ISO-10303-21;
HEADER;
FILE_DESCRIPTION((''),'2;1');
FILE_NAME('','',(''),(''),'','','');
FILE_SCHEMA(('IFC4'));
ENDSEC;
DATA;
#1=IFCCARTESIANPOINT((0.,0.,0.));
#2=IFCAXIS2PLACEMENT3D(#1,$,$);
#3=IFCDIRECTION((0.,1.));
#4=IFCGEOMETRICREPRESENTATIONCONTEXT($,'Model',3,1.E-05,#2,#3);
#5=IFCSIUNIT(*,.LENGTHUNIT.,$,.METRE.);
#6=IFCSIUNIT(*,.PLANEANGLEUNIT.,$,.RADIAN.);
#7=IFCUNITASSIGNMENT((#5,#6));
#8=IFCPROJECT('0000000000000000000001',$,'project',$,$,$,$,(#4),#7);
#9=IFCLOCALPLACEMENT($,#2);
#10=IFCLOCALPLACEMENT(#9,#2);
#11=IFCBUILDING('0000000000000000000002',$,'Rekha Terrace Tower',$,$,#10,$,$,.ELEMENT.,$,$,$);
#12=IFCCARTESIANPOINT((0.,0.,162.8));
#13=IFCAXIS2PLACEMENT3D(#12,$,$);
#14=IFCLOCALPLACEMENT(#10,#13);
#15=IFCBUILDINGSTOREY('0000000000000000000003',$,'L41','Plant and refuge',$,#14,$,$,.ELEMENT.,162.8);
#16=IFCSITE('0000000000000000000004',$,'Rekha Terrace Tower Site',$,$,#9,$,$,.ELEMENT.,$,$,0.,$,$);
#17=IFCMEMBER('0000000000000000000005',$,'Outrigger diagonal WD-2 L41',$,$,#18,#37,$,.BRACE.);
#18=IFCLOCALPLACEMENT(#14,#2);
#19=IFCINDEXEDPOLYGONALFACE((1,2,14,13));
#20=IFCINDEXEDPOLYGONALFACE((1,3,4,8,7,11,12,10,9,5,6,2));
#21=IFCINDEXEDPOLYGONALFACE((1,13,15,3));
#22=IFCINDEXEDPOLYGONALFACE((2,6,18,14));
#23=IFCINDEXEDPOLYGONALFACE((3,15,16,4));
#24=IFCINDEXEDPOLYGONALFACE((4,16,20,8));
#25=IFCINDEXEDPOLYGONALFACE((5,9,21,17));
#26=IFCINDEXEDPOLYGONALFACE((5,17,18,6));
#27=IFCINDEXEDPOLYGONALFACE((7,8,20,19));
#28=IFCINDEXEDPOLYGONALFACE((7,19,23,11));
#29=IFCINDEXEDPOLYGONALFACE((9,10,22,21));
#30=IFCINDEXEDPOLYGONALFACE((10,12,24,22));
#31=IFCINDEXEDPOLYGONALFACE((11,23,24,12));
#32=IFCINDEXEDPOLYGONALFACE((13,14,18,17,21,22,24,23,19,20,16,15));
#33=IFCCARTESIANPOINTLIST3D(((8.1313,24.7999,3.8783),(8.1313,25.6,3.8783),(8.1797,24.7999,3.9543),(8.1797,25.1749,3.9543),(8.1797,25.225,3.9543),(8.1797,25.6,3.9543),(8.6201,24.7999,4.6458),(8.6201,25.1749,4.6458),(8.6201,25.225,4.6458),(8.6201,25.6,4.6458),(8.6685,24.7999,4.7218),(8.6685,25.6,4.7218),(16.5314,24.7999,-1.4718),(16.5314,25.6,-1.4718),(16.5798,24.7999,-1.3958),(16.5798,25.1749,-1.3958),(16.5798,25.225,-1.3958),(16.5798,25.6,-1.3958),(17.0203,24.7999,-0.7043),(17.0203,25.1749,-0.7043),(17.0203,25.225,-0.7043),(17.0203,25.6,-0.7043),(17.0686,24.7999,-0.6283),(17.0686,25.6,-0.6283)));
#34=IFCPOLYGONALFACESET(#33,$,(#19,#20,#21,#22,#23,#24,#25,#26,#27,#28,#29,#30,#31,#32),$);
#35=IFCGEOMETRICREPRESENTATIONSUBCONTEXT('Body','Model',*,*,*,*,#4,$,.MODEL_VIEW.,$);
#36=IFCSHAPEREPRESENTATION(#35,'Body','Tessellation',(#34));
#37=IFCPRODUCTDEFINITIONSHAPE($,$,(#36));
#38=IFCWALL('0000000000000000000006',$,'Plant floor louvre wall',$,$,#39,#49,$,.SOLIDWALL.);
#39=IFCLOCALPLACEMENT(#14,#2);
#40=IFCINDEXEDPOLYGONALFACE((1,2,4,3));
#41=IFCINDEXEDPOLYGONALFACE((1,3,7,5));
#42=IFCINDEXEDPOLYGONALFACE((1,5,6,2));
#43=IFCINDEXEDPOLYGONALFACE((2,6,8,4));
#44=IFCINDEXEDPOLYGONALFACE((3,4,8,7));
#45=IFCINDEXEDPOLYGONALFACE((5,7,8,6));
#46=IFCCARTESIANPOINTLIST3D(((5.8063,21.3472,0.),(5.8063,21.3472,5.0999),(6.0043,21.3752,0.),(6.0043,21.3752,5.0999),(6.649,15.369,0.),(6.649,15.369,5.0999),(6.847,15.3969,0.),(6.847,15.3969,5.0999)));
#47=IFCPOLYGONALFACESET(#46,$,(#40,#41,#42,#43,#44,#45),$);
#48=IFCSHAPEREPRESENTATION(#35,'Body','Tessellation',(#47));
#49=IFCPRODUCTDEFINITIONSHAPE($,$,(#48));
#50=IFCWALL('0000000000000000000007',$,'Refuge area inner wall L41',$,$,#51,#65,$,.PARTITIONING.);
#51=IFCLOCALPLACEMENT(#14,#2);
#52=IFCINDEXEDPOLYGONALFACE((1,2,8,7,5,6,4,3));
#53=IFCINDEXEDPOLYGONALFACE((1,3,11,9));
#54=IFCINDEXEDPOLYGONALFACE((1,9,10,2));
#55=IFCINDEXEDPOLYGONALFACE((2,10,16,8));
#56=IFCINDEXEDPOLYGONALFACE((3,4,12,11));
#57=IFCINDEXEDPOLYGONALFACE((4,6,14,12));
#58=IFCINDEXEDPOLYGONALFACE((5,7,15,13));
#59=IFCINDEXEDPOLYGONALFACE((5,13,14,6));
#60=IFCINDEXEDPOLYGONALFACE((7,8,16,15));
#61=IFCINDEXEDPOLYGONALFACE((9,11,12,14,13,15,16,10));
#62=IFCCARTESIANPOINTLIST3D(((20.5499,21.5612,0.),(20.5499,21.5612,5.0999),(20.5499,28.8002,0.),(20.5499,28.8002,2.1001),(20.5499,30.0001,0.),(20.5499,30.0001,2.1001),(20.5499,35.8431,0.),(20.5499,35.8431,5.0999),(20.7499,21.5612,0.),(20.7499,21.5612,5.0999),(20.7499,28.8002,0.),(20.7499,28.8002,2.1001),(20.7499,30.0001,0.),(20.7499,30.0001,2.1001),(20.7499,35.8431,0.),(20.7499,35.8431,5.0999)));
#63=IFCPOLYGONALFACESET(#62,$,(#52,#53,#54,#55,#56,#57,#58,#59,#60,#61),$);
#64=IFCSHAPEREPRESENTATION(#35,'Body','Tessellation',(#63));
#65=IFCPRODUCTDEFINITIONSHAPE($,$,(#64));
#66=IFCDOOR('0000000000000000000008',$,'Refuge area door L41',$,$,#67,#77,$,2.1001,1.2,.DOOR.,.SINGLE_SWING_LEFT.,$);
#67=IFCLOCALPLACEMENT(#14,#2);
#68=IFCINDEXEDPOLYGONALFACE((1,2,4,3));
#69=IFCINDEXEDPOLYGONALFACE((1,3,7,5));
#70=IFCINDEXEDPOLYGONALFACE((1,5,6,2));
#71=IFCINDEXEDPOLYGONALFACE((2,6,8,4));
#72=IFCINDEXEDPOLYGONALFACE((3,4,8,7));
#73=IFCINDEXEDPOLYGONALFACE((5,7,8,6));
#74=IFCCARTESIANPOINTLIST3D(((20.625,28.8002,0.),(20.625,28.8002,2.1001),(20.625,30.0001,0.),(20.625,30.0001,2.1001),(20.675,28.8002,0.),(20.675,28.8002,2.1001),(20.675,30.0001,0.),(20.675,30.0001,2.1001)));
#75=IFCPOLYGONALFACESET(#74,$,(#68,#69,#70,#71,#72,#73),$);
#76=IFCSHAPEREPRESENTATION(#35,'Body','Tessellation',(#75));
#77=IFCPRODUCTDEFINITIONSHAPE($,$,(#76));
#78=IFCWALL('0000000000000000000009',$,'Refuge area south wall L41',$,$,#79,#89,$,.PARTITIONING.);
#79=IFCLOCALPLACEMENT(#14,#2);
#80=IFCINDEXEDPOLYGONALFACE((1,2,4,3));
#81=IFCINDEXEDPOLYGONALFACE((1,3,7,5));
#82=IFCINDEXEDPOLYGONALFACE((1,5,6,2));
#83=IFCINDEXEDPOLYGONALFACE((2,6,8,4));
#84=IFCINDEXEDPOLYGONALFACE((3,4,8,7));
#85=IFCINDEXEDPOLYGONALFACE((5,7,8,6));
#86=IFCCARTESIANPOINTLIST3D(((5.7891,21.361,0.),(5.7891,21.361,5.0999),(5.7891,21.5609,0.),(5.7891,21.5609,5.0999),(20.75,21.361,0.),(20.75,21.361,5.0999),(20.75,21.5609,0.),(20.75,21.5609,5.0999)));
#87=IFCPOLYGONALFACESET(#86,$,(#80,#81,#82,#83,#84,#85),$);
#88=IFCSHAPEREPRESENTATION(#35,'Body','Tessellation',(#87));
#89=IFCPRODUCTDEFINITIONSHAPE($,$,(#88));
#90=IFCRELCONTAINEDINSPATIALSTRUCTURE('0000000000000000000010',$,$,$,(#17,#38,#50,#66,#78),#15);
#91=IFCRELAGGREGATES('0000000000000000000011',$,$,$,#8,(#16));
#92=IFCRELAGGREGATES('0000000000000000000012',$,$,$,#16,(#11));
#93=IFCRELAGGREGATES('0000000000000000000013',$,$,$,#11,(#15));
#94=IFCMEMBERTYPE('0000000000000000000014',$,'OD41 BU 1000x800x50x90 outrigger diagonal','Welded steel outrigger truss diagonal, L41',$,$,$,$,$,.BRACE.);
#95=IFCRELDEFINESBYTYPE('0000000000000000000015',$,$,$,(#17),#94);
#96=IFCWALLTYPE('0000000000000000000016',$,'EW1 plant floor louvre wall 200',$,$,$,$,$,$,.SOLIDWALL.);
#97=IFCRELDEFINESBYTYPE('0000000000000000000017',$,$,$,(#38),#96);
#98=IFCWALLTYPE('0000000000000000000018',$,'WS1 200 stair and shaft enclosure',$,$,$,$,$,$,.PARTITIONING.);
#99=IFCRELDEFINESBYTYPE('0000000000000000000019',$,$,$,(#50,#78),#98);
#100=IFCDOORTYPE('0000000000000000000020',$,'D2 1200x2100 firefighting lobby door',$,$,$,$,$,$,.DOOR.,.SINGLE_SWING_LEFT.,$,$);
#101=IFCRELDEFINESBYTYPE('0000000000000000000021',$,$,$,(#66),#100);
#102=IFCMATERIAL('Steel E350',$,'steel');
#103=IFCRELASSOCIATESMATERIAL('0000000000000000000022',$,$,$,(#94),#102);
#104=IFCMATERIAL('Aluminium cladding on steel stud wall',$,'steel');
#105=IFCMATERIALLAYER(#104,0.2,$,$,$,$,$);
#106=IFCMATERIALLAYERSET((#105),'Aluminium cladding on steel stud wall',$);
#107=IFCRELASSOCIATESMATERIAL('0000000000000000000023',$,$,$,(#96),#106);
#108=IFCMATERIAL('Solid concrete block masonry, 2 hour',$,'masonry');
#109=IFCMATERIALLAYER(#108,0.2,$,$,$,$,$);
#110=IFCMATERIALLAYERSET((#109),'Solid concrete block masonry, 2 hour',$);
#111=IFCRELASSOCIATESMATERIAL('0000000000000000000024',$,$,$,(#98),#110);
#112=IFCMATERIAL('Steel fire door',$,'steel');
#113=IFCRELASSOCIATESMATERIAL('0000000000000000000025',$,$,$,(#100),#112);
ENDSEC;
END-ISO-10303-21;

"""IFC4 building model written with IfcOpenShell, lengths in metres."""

from ifc_helpers import new_model, si_unit, direction, frame, frame_2d, origin, origin_2d, place, context, subcontext, project, spatial, rectangle, i_section, extrude, material, layer, layer_set, material_profile, profile_set, type_object, element, fill, save


model = new_model("IFC4")

# Units and contexts
model_context = context("Model", 3, precision=1e-05, world=origin(), true_north=direction((0.0, 1.0)))
body_context = subcontext(model_context, "Body", "Model", "MODEL_VIEW")
ifc_project = project(units=[si_unit("LENGTHUNIT", "METRE"), si_unit("PLANEANGLEUNIT", "RADIAN")], contexts=[model_context])

# Site, building, storey
site_placement = place(None, origin())
site = spatial("IfcSite", under=ifc_project, at=site_placement, Name="Rekha Terrace Tower Site", CompositionType="ELEMENT", RefElevation=0.0)
building_placement = place(site_placement, origin())
building = spatial("IfcBuilding", under=site, at=building_placement, Name="Rekha Terrace Tower", CompositionType="ELEMENT")
storey_placement = place(building_placement, frame((0.0, 0.0, 162.8)))
storey = spatial("IfcBuildingStorey", under=building, at=storey_placement, Name="L41", Description="Plant and refuge", CompositionType="ELEMENT", Elevation=162.8)

# Member
ifc_material_1 = material(Name="Steel E350", Category="steel")
ifc_material_profile_1 = material_profile(ifc_material_1, i_section(OverallWidth=0.8, OverallDepth=1.0, WebThickness=0.05, FlangeThickness=0.0901, at=origin_2d()), Name="BU 1000x800x50x90")
ifc_profile_set_1 = profile_set([ifc_material_profile_1], Name="Steel E350")
member_type_1 = type_object("IfcMemberType", Name="OD41 BU 1000x800x50x90 outrigger diagonal", Description="Welded steel outrigger truss diagonal, L41", PredefinedType="BRACE", material=ifc_profile_set_1)
member_1_placement = place(storey_placement, frame((16.8, 25.2, -1.05), z_axis=(-0.843454, 0.0, 0.537201), x_axis=(0.0, -1.0, 0.0)))
element("IfcMember", 1, at=member_1_placement, inside=storey, type_object=member_type_1, Name="Outrigger diagonal WD-2 L41", PredefinedType="BRACE", context=body_context, shape_type="SweptSolid", body=[
    extrude(i_section(OverallWidth=0.8, OverallDepth=1.0, WebThickness=0.05, FlangeThickness=0.0901, at=origin_2d()), origin(), (0.0, 0.0, 1.0), 9.9592),
])

# Wall
ifc_material_2 = material(Name="Aluminium cladding on steel stud wall", Category="steel")
ifc_layer_1 = layer(ifc_material_2, 0.2)
ifc_layer_set_1 = layer_set([ifc_layer_1], Name="Aluminium cladding on steel stud wall")
wall_type_1 = type_object("IfcWallType", Name="EW1 plant floor louvre wall 200", PredefinedType="SOLIDWALL", material=ifc_layer_set_1)
wall_1_placement = place(storey_placement, frame((5.9053, 21.3611, 0.0), z_axis=(0.0, 0.0, 1.0), x_axis=(0.139593, -0.990209, 0.0)))
element("IfcWall", 2, at=wall_1_placement, inside=storey, type_object=wall_type_1, Name="Plant floor louvre wall", PredefinedType="SOLIDWALL", context=body_context, shape_type="SweptSolid", body=[
    extrude(rectangle(XDim=6.0374, YDim=0.2, at=frame_2d((3.0186, 0.0))), origin(), (0.0, 0.0, 1.0), 5.0999),
])

# Wall, opening, door
ifc_material_3 = material(Name="Solid concrete block masonry, 2 hour", Category="masonry")
ifc_layer_2 = layer(ifc_material_3, 0.2)
ifc_layer_set_2 = layer_set([ifc_layer_2], Name="Solid concrete block masonry, 2 hour")
wall_type_2 = type_object("IfcWallType", Name="WS1 200 stair and shaft enclosure", PredefinedType="PARTITIONING", material=ifc_layer_set_2)
wall_2_placement = place(storey_placement, frame((20.6499, 21.561, 0.0), z_axis=(0.0, 0.0, 1.0), x_axis=(0.0, 1.0, 0.0)))
wall_2 = element("IfcWall", 3, at=wall_2_placement, inside=storey, type_object=wall_type_2, Name="Refuge area inner wall L41", PredefinedType="PARTITIONING", context=body_context, shape_type="SweptSolid", body=[
    extrude(rectangle(XDim=14.282, YDim=0.2, at=frame_2d((7.1411, 0.0))), origin(), (0.0, 0.0, 1.0), 5.0999),
])
opening_placement = place(wall_2_placement, frame((7.239, 0.0, 0.0)))
opening = element("IfcOpeningElement", 4, at=opening_placement, cuts=wall_2, PredefinedType="OPENING", context=body_context, shape_type="SweptSolid", body=[
    extrude(rectangle(XDim=1.2, YDim=2.1001, at=frame_2d((0.6001, 1.05))), frame((0.0, 0.1099, 0.0), z_axis=(0.0, -1.0, 0.0), x_axis=(1.0, 0.0, 0.0)), (0.0, 0.0, 1.0), 0.22),
])
ifc_material_4 = material(Name="Steel fire door", Category="steel")
door_type = type_object("IfcDoorType", Name="D2 1200x2100 firefighting lobby door", OperationType="SINGLE_SWING_LEFT", PredefinedType="DOOR", material=ifc_material_4)
door_placement = place(opening_placement, origin())
door = element("IfcDoor", 5, at=door_placement, inside=storey, type_object=door_type, Name="Refuge area door L41", OperationType="SINGLE_SWING_LEFT", OverallHeight=2.1001, OverallWidth=1.2, PredefinedType="DOOR", context=body_context, shape_type="SweptSolid", body=[
    extrude(rectangle(XDim=1.2, YDim=2.1001, at=frame_2d((0.6001, 1.05))), frame((0.0, 0.0249, 0.0), z_axis=(0.0, -1.0, 0.0), x_axis=(1.0, 0.0, 0.0)), (0.0, 0.0, 1.0), 0.05),
])
fill(opening, door)

# Wall
wall_3_placement = place(storey_placement, frame((5.7891, 21.4609, 0.0), z_axis=(0.0, 0.0, 1.0), x_axis=(1.0, 0.0, 0.0)))
element("IfcWall", 6, at=wall_3_placement, inside=storey, type_object=wall_type_2, Name="Refuge area south wall L41", PredefinedType="PARTITIONING", context=body_context, shape_type="SweptSolid", body=[
    extrude(rectangle(XDim=14.9609, YDim=0.2, at=frame_2d((7.4805, 0.0))), origin(), (0.0, 0.0, 1.0), 5.0999),
])

save(model, "model.ifc")
